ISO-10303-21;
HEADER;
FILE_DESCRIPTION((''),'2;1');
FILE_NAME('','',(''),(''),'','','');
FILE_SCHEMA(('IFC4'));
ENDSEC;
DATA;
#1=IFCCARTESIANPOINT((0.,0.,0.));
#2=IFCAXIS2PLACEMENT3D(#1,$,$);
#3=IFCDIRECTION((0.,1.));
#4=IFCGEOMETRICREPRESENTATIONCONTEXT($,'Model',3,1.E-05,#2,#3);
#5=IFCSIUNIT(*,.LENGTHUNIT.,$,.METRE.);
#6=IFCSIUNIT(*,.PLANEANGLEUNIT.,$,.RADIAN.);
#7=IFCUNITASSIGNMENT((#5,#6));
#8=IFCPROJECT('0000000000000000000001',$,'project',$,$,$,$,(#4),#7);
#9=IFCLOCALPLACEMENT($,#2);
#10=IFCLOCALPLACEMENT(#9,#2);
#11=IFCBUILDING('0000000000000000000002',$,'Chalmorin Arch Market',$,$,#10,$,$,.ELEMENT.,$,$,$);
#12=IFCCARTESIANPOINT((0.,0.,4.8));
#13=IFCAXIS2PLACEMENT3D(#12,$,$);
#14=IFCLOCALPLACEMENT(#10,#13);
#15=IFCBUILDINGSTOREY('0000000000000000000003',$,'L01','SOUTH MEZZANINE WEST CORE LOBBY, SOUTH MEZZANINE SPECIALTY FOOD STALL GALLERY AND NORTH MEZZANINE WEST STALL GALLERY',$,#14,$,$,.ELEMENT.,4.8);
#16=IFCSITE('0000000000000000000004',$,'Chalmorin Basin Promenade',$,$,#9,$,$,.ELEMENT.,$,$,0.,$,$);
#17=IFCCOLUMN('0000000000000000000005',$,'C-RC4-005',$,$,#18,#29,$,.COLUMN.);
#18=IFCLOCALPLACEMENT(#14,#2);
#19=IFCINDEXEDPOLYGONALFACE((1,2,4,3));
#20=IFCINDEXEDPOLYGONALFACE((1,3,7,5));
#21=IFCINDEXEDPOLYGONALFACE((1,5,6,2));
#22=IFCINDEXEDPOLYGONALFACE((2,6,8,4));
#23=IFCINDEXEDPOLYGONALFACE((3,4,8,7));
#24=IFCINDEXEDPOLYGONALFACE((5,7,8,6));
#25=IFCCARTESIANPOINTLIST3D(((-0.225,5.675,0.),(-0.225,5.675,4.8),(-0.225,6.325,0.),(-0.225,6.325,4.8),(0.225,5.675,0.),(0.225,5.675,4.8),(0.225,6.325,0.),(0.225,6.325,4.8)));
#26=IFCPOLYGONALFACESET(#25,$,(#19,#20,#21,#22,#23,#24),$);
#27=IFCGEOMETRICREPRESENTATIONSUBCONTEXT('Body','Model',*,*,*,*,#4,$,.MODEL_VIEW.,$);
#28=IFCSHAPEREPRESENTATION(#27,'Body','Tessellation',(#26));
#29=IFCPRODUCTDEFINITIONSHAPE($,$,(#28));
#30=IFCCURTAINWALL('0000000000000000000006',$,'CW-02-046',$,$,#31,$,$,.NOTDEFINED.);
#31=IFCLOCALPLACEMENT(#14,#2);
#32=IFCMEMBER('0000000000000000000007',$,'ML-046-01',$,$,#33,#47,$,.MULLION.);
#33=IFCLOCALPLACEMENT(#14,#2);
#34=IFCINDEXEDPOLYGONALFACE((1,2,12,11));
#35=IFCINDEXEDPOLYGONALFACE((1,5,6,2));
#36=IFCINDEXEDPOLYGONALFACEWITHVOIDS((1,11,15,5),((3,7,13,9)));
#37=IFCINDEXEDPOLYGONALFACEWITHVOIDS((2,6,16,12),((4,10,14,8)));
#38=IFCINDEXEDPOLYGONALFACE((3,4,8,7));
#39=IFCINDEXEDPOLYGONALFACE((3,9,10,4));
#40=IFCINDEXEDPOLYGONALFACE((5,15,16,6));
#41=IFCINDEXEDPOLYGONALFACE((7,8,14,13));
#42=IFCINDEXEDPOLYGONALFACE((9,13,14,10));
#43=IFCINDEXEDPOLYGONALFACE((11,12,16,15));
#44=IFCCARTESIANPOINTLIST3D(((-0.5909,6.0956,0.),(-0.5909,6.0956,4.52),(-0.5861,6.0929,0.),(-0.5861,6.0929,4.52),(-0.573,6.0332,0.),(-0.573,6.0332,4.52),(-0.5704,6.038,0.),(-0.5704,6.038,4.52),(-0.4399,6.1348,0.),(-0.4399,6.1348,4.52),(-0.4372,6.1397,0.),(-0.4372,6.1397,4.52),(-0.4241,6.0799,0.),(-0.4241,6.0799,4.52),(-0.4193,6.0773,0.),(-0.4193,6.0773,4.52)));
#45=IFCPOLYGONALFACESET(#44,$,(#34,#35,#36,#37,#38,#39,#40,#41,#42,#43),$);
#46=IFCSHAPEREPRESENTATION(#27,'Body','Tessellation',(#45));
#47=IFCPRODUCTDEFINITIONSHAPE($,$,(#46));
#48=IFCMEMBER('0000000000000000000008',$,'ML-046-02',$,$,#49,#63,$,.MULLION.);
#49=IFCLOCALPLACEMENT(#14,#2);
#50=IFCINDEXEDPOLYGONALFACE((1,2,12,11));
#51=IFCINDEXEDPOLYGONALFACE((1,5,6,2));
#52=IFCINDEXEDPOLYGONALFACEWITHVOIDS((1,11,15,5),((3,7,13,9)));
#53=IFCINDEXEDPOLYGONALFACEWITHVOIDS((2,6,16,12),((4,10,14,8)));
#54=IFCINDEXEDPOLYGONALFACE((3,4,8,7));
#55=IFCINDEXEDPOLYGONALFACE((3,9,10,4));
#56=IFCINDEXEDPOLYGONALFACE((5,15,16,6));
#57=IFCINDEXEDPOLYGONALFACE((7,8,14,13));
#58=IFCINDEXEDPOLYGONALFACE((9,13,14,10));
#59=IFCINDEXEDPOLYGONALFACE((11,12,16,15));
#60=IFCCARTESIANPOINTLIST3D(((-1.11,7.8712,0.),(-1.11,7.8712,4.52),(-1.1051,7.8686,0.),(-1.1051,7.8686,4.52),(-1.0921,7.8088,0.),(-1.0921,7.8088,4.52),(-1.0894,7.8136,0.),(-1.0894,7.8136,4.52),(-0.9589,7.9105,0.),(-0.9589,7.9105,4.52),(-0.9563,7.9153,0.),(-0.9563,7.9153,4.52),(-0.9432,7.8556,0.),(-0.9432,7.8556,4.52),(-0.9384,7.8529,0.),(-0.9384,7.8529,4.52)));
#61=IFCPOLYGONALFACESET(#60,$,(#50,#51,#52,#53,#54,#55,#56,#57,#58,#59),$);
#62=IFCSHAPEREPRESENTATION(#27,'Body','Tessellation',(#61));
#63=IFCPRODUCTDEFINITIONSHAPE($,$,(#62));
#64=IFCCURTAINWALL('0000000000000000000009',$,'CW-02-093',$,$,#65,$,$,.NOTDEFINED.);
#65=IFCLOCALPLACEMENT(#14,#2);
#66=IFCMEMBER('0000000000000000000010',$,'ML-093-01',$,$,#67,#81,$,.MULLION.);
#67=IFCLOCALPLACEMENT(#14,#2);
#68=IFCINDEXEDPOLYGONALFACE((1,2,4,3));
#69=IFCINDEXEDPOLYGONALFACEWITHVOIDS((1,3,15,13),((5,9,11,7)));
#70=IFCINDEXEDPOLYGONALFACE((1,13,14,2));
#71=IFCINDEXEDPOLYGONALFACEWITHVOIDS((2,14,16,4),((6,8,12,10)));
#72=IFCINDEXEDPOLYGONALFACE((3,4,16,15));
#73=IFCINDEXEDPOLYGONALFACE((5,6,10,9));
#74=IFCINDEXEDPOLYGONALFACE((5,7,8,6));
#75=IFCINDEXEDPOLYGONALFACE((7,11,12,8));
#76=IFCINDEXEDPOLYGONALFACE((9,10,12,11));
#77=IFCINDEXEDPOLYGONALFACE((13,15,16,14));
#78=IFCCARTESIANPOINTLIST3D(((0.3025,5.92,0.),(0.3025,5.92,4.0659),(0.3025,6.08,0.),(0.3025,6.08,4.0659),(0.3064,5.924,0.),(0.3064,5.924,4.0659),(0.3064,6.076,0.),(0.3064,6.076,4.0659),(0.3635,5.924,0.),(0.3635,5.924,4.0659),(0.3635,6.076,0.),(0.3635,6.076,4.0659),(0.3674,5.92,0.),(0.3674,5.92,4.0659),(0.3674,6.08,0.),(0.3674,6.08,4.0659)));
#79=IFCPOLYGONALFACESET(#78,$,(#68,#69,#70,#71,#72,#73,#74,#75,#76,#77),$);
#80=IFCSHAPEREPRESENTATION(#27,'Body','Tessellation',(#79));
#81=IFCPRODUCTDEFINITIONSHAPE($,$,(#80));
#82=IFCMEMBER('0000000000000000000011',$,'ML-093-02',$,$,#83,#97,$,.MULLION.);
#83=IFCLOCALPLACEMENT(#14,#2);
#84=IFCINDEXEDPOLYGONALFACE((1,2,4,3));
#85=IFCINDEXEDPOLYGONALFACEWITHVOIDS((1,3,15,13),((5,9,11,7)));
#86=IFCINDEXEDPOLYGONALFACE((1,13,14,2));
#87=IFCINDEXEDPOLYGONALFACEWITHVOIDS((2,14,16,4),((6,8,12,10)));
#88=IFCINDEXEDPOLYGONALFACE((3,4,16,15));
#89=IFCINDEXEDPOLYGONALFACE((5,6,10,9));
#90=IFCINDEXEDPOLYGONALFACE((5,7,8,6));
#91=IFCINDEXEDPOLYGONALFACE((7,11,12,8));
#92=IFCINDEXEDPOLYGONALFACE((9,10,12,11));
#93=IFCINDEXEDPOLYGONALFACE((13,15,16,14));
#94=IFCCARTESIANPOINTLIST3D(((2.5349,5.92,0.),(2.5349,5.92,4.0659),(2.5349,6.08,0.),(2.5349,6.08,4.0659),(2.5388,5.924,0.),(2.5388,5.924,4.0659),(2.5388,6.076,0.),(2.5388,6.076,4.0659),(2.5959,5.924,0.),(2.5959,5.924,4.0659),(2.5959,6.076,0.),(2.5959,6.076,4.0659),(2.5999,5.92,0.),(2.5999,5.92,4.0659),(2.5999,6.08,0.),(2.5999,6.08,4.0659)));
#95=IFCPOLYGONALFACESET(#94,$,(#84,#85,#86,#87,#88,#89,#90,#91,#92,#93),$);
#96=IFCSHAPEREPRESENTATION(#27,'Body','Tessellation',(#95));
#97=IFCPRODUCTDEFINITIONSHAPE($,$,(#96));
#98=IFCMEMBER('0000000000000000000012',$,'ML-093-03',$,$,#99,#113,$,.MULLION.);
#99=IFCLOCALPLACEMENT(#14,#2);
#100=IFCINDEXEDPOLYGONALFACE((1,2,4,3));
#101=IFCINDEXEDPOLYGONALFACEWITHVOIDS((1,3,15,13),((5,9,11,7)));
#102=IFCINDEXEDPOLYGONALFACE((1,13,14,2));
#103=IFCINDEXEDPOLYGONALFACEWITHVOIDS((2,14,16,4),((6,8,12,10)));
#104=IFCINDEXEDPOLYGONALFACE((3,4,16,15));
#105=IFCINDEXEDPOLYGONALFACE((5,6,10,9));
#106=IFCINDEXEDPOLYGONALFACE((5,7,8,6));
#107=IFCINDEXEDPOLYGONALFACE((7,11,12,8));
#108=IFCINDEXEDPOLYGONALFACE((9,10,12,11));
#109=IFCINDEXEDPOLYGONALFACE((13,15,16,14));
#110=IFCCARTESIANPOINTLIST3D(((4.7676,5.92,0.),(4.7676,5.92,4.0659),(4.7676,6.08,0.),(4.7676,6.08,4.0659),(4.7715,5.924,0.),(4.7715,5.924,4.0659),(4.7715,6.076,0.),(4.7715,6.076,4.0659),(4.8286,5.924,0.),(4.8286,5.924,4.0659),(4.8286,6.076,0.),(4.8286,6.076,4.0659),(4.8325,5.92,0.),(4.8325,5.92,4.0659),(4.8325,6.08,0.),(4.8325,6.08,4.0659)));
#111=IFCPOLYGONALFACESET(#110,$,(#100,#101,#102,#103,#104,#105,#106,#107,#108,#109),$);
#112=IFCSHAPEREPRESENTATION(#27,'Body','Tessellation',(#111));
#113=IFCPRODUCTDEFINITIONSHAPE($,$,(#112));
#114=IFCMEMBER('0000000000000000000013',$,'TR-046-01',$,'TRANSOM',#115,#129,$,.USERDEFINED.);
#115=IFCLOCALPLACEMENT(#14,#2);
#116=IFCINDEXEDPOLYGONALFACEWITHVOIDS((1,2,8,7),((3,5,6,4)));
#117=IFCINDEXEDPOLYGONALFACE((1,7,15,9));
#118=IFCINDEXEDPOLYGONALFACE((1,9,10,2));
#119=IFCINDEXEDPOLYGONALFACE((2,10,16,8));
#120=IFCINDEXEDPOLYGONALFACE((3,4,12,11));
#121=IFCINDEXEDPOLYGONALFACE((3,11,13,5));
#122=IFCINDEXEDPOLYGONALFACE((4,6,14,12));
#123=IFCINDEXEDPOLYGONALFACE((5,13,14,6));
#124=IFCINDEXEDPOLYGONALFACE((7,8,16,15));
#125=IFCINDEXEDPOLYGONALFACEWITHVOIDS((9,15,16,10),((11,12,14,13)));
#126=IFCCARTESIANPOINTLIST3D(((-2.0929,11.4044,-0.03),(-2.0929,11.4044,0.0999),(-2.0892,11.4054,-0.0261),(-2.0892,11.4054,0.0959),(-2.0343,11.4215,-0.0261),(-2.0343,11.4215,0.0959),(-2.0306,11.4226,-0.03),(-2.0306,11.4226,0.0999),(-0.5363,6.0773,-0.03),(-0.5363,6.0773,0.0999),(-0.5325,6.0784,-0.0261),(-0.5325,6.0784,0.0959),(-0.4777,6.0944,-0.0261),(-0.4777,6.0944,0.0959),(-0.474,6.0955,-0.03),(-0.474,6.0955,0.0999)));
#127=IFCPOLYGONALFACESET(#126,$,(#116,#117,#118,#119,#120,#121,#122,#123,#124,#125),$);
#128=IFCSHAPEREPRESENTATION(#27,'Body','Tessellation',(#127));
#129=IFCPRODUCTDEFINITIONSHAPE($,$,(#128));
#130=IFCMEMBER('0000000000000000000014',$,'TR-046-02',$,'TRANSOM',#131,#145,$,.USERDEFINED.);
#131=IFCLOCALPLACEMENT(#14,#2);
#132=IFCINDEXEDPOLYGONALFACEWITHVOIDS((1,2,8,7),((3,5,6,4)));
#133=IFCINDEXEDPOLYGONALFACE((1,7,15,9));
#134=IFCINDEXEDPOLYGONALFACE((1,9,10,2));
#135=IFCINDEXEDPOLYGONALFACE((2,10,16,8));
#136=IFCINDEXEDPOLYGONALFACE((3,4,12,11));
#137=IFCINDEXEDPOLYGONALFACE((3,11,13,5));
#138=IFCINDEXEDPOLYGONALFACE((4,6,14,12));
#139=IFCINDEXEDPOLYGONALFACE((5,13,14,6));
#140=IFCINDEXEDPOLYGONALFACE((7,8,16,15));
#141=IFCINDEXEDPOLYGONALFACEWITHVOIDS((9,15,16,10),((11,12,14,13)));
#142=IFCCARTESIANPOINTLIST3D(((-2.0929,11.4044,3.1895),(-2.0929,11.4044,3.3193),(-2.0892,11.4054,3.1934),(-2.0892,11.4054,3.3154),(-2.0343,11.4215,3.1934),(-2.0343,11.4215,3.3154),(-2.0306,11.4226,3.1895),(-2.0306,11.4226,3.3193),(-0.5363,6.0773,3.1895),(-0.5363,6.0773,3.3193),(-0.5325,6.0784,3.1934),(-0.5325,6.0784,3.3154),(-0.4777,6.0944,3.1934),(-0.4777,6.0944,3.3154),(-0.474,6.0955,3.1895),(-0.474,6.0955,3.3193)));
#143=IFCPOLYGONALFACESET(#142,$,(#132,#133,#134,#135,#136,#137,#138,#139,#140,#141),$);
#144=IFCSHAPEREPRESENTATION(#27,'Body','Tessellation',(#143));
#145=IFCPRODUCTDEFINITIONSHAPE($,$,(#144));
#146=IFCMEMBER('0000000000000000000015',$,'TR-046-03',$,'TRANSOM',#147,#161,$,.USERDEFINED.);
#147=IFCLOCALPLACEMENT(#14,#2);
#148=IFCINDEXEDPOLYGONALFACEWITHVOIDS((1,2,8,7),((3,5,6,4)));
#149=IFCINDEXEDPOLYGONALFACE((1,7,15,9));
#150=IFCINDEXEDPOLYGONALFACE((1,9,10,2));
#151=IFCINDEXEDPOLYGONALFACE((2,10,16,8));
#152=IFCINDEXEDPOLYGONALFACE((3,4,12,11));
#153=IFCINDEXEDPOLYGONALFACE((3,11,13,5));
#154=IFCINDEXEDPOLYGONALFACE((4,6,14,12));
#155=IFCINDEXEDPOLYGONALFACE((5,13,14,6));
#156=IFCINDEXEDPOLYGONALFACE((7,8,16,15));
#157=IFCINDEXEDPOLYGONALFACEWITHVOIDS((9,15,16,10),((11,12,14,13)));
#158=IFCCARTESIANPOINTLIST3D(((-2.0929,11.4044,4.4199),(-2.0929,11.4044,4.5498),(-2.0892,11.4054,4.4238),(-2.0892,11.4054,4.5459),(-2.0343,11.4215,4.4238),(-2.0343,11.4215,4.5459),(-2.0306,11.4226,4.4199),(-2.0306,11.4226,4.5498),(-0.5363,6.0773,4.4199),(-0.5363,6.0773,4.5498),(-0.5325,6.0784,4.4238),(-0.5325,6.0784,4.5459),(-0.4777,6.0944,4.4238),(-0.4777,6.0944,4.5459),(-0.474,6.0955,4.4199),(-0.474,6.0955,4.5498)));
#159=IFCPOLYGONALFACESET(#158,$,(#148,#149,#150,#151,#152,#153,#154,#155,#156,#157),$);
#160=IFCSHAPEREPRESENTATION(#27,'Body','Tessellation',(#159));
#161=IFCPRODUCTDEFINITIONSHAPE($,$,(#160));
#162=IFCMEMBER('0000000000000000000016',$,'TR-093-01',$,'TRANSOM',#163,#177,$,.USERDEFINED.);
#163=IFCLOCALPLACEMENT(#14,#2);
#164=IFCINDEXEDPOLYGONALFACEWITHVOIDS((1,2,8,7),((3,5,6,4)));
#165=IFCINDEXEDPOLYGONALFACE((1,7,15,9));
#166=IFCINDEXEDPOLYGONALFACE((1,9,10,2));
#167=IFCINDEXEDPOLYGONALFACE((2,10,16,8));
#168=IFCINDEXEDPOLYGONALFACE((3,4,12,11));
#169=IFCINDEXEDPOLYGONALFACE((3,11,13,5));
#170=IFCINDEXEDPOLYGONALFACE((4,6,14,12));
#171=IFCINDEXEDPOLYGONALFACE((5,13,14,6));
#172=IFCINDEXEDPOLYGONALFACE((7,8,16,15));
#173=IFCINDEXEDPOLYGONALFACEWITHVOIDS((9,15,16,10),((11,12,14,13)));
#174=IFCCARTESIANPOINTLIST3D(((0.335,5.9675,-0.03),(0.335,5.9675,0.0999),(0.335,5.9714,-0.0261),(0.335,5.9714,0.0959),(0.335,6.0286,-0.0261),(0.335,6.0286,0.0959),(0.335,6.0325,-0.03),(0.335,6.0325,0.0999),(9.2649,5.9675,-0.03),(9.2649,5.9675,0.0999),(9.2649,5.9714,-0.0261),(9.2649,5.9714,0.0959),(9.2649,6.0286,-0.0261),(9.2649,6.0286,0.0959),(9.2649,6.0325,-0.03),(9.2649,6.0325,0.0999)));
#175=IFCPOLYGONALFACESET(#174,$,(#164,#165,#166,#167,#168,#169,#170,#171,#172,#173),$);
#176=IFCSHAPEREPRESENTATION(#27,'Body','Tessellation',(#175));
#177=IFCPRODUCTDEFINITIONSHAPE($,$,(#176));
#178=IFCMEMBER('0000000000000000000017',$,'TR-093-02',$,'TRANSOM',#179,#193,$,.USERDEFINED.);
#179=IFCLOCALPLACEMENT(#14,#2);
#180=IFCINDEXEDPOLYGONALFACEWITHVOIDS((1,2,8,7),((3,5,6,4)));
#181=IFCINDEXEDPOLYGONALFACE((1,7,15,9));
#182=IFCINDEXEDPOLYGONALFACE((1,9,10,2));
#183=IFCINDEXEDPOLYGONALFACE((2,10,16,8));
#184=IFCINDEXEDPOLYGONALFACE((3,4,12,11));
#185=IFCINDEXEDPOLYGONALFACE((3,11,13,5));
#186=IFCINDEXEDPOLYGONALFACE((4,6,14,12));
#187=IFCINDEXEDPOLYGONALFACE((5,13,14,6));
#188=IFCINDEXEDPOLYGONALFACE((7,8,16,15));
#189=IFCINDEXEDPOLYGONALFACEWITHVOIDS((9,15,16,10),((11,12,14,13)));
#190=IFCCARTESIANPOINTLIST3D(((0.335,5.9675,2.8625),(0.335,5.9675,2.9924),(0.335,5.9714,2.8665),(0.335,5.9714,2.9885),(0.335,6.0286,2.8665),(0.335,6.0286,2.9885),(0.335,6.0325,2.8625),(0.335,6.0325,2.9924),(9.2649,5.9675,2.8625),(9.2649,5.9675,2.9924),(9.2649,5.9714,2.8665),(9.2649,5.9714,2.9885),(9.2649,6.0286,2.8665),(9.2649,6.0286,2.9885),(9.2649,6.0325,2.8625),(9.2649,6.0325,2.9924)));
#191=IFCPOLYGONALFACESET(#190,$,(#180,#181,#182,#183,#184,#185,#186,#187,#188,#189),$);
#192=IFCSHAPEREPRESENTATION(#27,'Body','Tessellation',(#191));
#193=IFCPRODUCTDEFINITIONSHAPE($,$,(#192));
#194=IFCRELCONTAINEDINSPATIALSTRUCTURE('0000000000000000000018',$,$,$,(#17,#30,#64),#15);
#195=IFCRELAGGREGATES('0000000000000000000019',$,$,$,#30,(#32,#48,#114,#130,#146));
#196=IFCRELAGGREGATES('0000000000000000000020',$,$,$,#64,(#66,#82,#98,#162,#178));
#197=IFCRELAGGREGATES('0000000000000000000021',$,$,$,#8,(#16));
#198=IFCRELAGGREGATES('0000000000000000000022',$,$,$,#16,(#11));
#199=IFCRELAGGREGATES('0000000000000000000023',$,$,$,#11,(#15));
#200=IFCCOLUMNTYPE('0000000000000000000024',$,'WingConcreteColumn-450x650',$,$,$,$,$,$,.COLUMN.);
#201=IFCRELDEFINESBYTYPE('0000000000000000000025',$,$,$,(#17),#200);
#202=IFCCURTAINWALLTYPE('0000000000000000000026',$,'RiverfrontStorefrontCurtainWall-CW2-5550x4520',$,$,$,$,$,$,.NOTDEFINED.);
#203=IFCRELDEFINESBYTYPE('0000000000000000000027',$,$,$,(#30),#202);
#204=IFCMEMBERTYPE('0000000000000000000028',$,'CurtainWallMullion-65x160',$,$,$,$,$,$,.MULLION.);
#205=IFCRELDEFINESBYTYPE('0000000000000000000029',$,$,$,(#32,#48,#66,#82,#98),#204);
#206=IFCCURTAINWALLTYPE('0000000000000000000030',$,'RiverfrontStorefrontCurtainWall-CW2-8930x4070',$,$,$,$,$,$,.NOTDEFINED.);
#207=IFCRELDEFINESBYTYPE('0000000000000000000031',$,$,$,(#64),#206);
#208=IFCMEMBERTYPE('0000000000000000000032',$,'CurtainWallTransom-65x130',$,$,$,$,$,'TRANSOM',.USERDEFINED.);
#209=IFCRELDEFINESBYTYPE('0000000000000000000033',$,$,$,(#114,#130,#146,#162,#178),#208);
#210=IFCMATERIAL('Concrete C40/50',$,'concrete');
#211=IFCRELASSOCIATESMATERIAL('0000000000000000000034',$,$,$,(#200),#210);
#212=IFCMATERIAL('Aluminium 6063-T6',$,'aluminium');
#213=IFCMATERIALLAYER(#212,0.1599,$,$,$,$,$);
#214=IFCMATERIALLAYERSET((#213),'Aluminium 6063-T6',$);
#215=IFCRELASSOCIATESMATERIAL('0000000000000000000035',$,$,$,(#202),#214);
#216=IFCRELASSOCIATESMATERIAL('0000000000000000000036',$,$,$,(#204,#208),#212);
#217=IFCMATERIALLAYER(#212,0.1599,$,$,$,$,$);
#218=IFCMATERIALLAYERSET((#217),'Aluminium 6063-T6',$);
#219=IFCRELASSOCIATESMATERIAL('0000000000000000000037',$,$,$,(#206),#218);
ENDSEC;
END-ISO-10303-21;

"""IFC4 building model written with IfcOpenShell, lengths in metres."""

from ifc_helpers import new_model, si_unit, direction, frame, origin, origin_2d, place, context, subcontext, project, spatial, rectangle, hollow_rectangle, extrude, material, layer, layer_set, material_profile, profile_set, type_object, element, aggregate, save


model = new_model("IFC4")

# Units and contexts
model_context = context("Model", 3, precision=1e-05, world=origin(), true_north=direction((0.0, 1.0)))
body_context = subcontext(model_context, "Body", "Model", "MODEL_VIEW")
ifc_project = project(units=[si_unit("LENGTHUNIT", "METRE"), si_unit("PLANEANGLEUNIT", "RADIAN")], contexts=[model_context])

# Site, building, storey
site_placement = place(None, origin())
site = spatial("IfcSite", under=ifc_project, at=site_placement, Name="Chalmorin Basin Promenade", CompositionType="ELEMENT", RefElevation=0.0)
building_placement = place(site_placement, origin())
building = spatial("IfcBuilding", under=site, at=building_placement, Name="Chalmorin Arch Market", CompositionType="ELEMENT")
storey_placement = place(building_placement, frame((0.0, 0.0, 4.8)))
storey = spatial("IfcBuildingStorey", under=building, at=storey_placement, Name="L01", Description="SOUTH MEZZANINE WEST CORE LOBBY, SOUTH MEZZANINE SPECIALTY FOOD STALL GALLERY AND NORTH MEZZANINE WEST STALL GALLERY", CompositionType="ELEMENT", Elevation=4.8)

# Column
ifc_material_1 = material(Name="Concrete C40/50", Category="concrete")
ifc_material_profile_1 = material_profile(ifc_material_1, rectangle(XDim=0.45, YDim=0.6499, at=origin_2d()), Name="RC450X650")
ifc_profile_set_1 = profile_set([ifc_material_profile_1], Name="Concrete C40/50")
column_type = type_object("IfcColumnType", Name="WingConcreteColumn-450x650", PredefinedType="COLUMN", material=ifc_profile_set_1)
column_placement = place(storey_placement, frame((0.0, 6.0, 0.0), z_axis=(0.0, 0.0, 1.0), x_axis=(1.0, 0.0, 0.0)))
element("IfcColumn", 1, at=column_placement, inside=storey, type_object=column_type, Name="C-RC4-005", PredefinedType="COLUMN", context=body_context, shape_type="SweptSolid", body=[
    extrude(rectangle(XDim=0.45, YDim=0.6499, at=origin_2d()), origin(), (0.0, 0.0, 1.0), 4.8),
])

# Curtain walls, members
ifc_material_2 = material(Name="Aluminium 6063-T6", Category="aluminium")
ifc_layer_1 = layer(ifc_material_2, 0.1599)
ifc_layer_set_1 = layer_set([ifc_layer_1], Name="Aluminium 6063-T6")
curtain_wall_type_1 = type_object("IfcCurtainWallType", Name="RiverfrontStorefrontCurtainWall-CW2-5550x4520", PredefinedType="NOTDEFINED", material=ifc_layer_set_1)
curtain_wall_1_placement = place(storey_placement, origin())
curtain_wall_1 = element("IfcCurtainWall", 2, at=curtain_wall_1_placement, inside=storey, type_object=curtain_wall_type_1, Name="CW-02-046", PredefinedType="NOTDEFINED")
ifc_material_profile_2 = material_profile(ifc_material_2, hollow_rectangle(XDim=0.0649, YDim=0.1599, WallThickness=0.0039, at=origin_2d()), Name="ALU65X160X4")
ifc_profile_set_2 = profile_set([ifc_material_profile_2], Name="Aluminium 6063-T6")
member_type_1 = type_object("IfcMemberType", Name="CurtainWallMullion-65x160", PredefinedType="MULLION", material=ifc_profile_set_2)
member_1_placement = place(storey_placement, frame((-0.5051, 6.0864, 0.0), z_axis=(0.0, 0.0, 1.0), x_axis=(-0.275637, 0.961262, 0.0)))
member_1 = element("IfcMember", 3, at=member_1_placement, type_object=member_type_1, Name="ML-046-01", PredefinedType="MULLION", context=body_context, shape_type="SweptSolid", body=[
    extrude(hollow_rectangle(XDim=0.0649, YDim=0.1599, WallThickness=0.0039, at=origin_2d()), origin(), (0.0, 0.0, 1.0), 4.52),
])
member_2_placement = place(storey_placement, frame((-1.0242, 7.8621, 0.0), z_axis=(0.0, 0.0, 1.0), x_axis=(-0.275637, 0.961262, 0.0)))
member_2 = element("IfcMember", 4, at=member_2_placement, type_object=member_type_1, Name="ML-046-02", PredefinedType="MULLION", context=body_context, shape_type="SweptSolid", body=[
    extrude(hollow_rectangle(XDim=0.0649, YDim=0.1599, WallThickness=0.0039, at=origin_2d()), origin(), (0.0, 0.0, 1.0), 4.52),
])
ifc_layer_2 = layer(ifc_material_2, 0.1599)
ifc_layer_set_2 = layer_set([ifc_layer_2], Name="Aluminium 6063-T6")
curtain_wall_type_2 = type_object("IfcCurtainWallType", Name="RiverfrontStorefrontCurtainWall-CW2-8930x4070", PredefinedType="NOTDEFINED", material=ifc_layer_set_2)
curtain_wall_2_placement = place(storey_placement, origin())
curtain_wall_2 = element("IfcCurtainWall", 5, at=curtain_wall_2_placement, inside=storey, type_object=curtain_wall_type_2, Name="CW-02-093", PredefinedType="NOTDEFINED")
member_3_placement = place(storey_placement, frame((0.335, 6.0, 0.0), z_axis=(0.0, 0.0, 1.0), x_axis=(1.0, 0.0, 0.0)))
member_3 = element("IfcMember", 6, at=member_3_placement, type_object=member_type_1, Name="ML-093-01", PredefinedType="MULLION", context=body_context, shape_type="SweptSolid", body=[
    extrude(hollow_rectangle(XDim=0.0649, YDim=0.1599, WallThickness=0.0039, at=origin_2d()), origin(), (0.0, 0.0, 1.0), 4.0659),
])
member_4_placement = place(storey_placement, frame((2.5674, 6.0, 0.0), z_axis=(0.0, 0.0, 1.0), x_axis=(1.0, 0.0, 0.0)))
member_4 = element("IfcMember", 7, at=member_4_placement, type_object=member_type_1, Name="ML-093-02", PredefinedType="MULLION", context=body_context, shape_type="SweptSolid", body=[
    extrude(hollow_rectangle(XDim=0.0649, YDim=0.1599, WallThickness=0.0039, at=origin_2d()), origin(), (0.0, 0.0, 1.0), 4.0659),
])
member_5_placement = place(storey_placement, frame((4.8, 6.0, 0.0), z_axis=(0.0, 0.0, 1.0), x_axis=(1.0, 0.0, 0.0)))
member_5 = element("IfcMember", 8, at=member_5_placement, type_object=member_type_1, Name="ML-093-03", PredefinedType="MULLION", context=body_context, shape_type="SweptSolid", body=[
    extrude(hollow_rectangle(XDim=0.0649, YDim=0.1599, WallThickness=0.0039, at=origin_2d()), origin(), (0.0, 0.0, 1.0), 4.0659),
])

# Members
ifc_material_profile_3 = material_profile(ifc_material_2, hollow_rectangle(XDim=0.0649, YDim=0.1299, WallThickness=0.0039, at=origin_2d()), Name="ALU65X130X4")
ifc_profile_set_3 = profile_set([ifc_material_profile_3], Name="Aluminium 6063-T6")
member_type_2 = type_object("IfcMemberType", Name="CurtainWallTransom-65x130", ElementType="TRANSOM", PredefinedType="USERDEFINED", material=ifc_profile_set_3)
member_6_placement = place(storey_placement, frame((-0.5051, 6.0864, 0.0349), z_axis=(-0.28048, 0.95986, 0.0), x_axis=(-0.95986, -0.28048, 0.0)))
member_6 = element("IfcMember", 9, at=member_6_placement, type_object=member_type_2, Name="TR-046-01", ObjectType="TRANSOM", PredefinedType="USERDEFINED", context=body_context, shape_type="SweptSolid", body=[
    extrude(hollow_rectangle(XDim=0.0649, YDim=0.1299, WallThickness=0.0039, at=origin_2d()), origin(), (0.0, 0.0, 1.0), 5.5498),
])
member_7_placement = place(storey_placement, frame((-0.5051, 6.0864, 3.2544), z_axis=(-0.28048, 0.95986, 0.0), x_axis=(-0.95986, -0.28048, 0.0)))
member_7 = element("IfcMember", 10, at=member_7_placement, type_object=member_type_2, Name="TR-046-02", ObjectType="TRANSOM", PredefinedType="USERDEFINED", context=body_context, shape_type="SweptSolid", body=[
    extrude(hollow_rectangle(XDim=0.0649, YDim=0.1299, WallThickness=0.0039, at=origin_2d()), origin(), (0.0, 0.0, 1.0), 5.5498),
])
member_8_placement = place(storey_placement, frame((-0.5051, 6.0864, 4.4849), z_axis=(-0.28048, 0.95986, 0.0), x_axis=(-0.95986, -0.28048, 0.0)))
member_8 = element("IfcMember", 11, at=member_8_placement, type_object=member_type_2, Name="TR-046-03", ObjectType="TRANSOM", PredefinedType="USERDEFINED", context=body_context, shape_type="SweptSolid", body=[
    extrude(hollow_rectangle(XDim=0.0649, YDim=0.1299, WallThickness=0.0039, at=origin_2d()), origin(), (0.0, 0.0, 1.0), 5.5498),
])
member_9_placement = place(storey_placement, frame((0.335, 6.0, 0.0349), z_axis=(1.0, 0.0, 0.0), x_axis=(0.0, 1.0, 0.0)))
member_9 = element("IfcMember", 12, at=member_9_placement, type_object=member_type_2, Name="TR-093-01", ObjectType="TRANSOM", PredefinedType="USERDEFINED", context=body_context, shape_type="SweptSolid", body=[
    extrude(hollow_rectangle(XDim=0.0649, YDim=0.1299, WallThickness=0.0039, at=origin_2d()), origin(), (0.0, 0.0, 1.0), 8.9299),
])
member_10_placement = place(storey_placement, frame((0.335, 6.0, 2.9275), z_axis=(1.0, 0.0, 0.0), x_axis=(0.0, 1.0, 0.0)))
member_10 = element("IfcMember", 13, at=member_10_placement, type_object=member_type_2, Name="TR-093-02", ObjectType="TRANSOM", PredefinedType="USERDEFINED", context=body_context, shape_type="SweptSolid", body=[
    extrude(hollow_rectangle(XDim=0.0649, YDim=0.1299, WallThickness=0.0039, at=origin_2d()), origin(), (0.0, 0.0, 1.0), 8.9299),
])

aggregate(curtain_wall_1, [member_1, member_2, member_6, member_7, member_8])
aggregate(curtain_wall_2, [member_3, member_4, member_5, member_9, member_10])

save(model, "model.ifc")
